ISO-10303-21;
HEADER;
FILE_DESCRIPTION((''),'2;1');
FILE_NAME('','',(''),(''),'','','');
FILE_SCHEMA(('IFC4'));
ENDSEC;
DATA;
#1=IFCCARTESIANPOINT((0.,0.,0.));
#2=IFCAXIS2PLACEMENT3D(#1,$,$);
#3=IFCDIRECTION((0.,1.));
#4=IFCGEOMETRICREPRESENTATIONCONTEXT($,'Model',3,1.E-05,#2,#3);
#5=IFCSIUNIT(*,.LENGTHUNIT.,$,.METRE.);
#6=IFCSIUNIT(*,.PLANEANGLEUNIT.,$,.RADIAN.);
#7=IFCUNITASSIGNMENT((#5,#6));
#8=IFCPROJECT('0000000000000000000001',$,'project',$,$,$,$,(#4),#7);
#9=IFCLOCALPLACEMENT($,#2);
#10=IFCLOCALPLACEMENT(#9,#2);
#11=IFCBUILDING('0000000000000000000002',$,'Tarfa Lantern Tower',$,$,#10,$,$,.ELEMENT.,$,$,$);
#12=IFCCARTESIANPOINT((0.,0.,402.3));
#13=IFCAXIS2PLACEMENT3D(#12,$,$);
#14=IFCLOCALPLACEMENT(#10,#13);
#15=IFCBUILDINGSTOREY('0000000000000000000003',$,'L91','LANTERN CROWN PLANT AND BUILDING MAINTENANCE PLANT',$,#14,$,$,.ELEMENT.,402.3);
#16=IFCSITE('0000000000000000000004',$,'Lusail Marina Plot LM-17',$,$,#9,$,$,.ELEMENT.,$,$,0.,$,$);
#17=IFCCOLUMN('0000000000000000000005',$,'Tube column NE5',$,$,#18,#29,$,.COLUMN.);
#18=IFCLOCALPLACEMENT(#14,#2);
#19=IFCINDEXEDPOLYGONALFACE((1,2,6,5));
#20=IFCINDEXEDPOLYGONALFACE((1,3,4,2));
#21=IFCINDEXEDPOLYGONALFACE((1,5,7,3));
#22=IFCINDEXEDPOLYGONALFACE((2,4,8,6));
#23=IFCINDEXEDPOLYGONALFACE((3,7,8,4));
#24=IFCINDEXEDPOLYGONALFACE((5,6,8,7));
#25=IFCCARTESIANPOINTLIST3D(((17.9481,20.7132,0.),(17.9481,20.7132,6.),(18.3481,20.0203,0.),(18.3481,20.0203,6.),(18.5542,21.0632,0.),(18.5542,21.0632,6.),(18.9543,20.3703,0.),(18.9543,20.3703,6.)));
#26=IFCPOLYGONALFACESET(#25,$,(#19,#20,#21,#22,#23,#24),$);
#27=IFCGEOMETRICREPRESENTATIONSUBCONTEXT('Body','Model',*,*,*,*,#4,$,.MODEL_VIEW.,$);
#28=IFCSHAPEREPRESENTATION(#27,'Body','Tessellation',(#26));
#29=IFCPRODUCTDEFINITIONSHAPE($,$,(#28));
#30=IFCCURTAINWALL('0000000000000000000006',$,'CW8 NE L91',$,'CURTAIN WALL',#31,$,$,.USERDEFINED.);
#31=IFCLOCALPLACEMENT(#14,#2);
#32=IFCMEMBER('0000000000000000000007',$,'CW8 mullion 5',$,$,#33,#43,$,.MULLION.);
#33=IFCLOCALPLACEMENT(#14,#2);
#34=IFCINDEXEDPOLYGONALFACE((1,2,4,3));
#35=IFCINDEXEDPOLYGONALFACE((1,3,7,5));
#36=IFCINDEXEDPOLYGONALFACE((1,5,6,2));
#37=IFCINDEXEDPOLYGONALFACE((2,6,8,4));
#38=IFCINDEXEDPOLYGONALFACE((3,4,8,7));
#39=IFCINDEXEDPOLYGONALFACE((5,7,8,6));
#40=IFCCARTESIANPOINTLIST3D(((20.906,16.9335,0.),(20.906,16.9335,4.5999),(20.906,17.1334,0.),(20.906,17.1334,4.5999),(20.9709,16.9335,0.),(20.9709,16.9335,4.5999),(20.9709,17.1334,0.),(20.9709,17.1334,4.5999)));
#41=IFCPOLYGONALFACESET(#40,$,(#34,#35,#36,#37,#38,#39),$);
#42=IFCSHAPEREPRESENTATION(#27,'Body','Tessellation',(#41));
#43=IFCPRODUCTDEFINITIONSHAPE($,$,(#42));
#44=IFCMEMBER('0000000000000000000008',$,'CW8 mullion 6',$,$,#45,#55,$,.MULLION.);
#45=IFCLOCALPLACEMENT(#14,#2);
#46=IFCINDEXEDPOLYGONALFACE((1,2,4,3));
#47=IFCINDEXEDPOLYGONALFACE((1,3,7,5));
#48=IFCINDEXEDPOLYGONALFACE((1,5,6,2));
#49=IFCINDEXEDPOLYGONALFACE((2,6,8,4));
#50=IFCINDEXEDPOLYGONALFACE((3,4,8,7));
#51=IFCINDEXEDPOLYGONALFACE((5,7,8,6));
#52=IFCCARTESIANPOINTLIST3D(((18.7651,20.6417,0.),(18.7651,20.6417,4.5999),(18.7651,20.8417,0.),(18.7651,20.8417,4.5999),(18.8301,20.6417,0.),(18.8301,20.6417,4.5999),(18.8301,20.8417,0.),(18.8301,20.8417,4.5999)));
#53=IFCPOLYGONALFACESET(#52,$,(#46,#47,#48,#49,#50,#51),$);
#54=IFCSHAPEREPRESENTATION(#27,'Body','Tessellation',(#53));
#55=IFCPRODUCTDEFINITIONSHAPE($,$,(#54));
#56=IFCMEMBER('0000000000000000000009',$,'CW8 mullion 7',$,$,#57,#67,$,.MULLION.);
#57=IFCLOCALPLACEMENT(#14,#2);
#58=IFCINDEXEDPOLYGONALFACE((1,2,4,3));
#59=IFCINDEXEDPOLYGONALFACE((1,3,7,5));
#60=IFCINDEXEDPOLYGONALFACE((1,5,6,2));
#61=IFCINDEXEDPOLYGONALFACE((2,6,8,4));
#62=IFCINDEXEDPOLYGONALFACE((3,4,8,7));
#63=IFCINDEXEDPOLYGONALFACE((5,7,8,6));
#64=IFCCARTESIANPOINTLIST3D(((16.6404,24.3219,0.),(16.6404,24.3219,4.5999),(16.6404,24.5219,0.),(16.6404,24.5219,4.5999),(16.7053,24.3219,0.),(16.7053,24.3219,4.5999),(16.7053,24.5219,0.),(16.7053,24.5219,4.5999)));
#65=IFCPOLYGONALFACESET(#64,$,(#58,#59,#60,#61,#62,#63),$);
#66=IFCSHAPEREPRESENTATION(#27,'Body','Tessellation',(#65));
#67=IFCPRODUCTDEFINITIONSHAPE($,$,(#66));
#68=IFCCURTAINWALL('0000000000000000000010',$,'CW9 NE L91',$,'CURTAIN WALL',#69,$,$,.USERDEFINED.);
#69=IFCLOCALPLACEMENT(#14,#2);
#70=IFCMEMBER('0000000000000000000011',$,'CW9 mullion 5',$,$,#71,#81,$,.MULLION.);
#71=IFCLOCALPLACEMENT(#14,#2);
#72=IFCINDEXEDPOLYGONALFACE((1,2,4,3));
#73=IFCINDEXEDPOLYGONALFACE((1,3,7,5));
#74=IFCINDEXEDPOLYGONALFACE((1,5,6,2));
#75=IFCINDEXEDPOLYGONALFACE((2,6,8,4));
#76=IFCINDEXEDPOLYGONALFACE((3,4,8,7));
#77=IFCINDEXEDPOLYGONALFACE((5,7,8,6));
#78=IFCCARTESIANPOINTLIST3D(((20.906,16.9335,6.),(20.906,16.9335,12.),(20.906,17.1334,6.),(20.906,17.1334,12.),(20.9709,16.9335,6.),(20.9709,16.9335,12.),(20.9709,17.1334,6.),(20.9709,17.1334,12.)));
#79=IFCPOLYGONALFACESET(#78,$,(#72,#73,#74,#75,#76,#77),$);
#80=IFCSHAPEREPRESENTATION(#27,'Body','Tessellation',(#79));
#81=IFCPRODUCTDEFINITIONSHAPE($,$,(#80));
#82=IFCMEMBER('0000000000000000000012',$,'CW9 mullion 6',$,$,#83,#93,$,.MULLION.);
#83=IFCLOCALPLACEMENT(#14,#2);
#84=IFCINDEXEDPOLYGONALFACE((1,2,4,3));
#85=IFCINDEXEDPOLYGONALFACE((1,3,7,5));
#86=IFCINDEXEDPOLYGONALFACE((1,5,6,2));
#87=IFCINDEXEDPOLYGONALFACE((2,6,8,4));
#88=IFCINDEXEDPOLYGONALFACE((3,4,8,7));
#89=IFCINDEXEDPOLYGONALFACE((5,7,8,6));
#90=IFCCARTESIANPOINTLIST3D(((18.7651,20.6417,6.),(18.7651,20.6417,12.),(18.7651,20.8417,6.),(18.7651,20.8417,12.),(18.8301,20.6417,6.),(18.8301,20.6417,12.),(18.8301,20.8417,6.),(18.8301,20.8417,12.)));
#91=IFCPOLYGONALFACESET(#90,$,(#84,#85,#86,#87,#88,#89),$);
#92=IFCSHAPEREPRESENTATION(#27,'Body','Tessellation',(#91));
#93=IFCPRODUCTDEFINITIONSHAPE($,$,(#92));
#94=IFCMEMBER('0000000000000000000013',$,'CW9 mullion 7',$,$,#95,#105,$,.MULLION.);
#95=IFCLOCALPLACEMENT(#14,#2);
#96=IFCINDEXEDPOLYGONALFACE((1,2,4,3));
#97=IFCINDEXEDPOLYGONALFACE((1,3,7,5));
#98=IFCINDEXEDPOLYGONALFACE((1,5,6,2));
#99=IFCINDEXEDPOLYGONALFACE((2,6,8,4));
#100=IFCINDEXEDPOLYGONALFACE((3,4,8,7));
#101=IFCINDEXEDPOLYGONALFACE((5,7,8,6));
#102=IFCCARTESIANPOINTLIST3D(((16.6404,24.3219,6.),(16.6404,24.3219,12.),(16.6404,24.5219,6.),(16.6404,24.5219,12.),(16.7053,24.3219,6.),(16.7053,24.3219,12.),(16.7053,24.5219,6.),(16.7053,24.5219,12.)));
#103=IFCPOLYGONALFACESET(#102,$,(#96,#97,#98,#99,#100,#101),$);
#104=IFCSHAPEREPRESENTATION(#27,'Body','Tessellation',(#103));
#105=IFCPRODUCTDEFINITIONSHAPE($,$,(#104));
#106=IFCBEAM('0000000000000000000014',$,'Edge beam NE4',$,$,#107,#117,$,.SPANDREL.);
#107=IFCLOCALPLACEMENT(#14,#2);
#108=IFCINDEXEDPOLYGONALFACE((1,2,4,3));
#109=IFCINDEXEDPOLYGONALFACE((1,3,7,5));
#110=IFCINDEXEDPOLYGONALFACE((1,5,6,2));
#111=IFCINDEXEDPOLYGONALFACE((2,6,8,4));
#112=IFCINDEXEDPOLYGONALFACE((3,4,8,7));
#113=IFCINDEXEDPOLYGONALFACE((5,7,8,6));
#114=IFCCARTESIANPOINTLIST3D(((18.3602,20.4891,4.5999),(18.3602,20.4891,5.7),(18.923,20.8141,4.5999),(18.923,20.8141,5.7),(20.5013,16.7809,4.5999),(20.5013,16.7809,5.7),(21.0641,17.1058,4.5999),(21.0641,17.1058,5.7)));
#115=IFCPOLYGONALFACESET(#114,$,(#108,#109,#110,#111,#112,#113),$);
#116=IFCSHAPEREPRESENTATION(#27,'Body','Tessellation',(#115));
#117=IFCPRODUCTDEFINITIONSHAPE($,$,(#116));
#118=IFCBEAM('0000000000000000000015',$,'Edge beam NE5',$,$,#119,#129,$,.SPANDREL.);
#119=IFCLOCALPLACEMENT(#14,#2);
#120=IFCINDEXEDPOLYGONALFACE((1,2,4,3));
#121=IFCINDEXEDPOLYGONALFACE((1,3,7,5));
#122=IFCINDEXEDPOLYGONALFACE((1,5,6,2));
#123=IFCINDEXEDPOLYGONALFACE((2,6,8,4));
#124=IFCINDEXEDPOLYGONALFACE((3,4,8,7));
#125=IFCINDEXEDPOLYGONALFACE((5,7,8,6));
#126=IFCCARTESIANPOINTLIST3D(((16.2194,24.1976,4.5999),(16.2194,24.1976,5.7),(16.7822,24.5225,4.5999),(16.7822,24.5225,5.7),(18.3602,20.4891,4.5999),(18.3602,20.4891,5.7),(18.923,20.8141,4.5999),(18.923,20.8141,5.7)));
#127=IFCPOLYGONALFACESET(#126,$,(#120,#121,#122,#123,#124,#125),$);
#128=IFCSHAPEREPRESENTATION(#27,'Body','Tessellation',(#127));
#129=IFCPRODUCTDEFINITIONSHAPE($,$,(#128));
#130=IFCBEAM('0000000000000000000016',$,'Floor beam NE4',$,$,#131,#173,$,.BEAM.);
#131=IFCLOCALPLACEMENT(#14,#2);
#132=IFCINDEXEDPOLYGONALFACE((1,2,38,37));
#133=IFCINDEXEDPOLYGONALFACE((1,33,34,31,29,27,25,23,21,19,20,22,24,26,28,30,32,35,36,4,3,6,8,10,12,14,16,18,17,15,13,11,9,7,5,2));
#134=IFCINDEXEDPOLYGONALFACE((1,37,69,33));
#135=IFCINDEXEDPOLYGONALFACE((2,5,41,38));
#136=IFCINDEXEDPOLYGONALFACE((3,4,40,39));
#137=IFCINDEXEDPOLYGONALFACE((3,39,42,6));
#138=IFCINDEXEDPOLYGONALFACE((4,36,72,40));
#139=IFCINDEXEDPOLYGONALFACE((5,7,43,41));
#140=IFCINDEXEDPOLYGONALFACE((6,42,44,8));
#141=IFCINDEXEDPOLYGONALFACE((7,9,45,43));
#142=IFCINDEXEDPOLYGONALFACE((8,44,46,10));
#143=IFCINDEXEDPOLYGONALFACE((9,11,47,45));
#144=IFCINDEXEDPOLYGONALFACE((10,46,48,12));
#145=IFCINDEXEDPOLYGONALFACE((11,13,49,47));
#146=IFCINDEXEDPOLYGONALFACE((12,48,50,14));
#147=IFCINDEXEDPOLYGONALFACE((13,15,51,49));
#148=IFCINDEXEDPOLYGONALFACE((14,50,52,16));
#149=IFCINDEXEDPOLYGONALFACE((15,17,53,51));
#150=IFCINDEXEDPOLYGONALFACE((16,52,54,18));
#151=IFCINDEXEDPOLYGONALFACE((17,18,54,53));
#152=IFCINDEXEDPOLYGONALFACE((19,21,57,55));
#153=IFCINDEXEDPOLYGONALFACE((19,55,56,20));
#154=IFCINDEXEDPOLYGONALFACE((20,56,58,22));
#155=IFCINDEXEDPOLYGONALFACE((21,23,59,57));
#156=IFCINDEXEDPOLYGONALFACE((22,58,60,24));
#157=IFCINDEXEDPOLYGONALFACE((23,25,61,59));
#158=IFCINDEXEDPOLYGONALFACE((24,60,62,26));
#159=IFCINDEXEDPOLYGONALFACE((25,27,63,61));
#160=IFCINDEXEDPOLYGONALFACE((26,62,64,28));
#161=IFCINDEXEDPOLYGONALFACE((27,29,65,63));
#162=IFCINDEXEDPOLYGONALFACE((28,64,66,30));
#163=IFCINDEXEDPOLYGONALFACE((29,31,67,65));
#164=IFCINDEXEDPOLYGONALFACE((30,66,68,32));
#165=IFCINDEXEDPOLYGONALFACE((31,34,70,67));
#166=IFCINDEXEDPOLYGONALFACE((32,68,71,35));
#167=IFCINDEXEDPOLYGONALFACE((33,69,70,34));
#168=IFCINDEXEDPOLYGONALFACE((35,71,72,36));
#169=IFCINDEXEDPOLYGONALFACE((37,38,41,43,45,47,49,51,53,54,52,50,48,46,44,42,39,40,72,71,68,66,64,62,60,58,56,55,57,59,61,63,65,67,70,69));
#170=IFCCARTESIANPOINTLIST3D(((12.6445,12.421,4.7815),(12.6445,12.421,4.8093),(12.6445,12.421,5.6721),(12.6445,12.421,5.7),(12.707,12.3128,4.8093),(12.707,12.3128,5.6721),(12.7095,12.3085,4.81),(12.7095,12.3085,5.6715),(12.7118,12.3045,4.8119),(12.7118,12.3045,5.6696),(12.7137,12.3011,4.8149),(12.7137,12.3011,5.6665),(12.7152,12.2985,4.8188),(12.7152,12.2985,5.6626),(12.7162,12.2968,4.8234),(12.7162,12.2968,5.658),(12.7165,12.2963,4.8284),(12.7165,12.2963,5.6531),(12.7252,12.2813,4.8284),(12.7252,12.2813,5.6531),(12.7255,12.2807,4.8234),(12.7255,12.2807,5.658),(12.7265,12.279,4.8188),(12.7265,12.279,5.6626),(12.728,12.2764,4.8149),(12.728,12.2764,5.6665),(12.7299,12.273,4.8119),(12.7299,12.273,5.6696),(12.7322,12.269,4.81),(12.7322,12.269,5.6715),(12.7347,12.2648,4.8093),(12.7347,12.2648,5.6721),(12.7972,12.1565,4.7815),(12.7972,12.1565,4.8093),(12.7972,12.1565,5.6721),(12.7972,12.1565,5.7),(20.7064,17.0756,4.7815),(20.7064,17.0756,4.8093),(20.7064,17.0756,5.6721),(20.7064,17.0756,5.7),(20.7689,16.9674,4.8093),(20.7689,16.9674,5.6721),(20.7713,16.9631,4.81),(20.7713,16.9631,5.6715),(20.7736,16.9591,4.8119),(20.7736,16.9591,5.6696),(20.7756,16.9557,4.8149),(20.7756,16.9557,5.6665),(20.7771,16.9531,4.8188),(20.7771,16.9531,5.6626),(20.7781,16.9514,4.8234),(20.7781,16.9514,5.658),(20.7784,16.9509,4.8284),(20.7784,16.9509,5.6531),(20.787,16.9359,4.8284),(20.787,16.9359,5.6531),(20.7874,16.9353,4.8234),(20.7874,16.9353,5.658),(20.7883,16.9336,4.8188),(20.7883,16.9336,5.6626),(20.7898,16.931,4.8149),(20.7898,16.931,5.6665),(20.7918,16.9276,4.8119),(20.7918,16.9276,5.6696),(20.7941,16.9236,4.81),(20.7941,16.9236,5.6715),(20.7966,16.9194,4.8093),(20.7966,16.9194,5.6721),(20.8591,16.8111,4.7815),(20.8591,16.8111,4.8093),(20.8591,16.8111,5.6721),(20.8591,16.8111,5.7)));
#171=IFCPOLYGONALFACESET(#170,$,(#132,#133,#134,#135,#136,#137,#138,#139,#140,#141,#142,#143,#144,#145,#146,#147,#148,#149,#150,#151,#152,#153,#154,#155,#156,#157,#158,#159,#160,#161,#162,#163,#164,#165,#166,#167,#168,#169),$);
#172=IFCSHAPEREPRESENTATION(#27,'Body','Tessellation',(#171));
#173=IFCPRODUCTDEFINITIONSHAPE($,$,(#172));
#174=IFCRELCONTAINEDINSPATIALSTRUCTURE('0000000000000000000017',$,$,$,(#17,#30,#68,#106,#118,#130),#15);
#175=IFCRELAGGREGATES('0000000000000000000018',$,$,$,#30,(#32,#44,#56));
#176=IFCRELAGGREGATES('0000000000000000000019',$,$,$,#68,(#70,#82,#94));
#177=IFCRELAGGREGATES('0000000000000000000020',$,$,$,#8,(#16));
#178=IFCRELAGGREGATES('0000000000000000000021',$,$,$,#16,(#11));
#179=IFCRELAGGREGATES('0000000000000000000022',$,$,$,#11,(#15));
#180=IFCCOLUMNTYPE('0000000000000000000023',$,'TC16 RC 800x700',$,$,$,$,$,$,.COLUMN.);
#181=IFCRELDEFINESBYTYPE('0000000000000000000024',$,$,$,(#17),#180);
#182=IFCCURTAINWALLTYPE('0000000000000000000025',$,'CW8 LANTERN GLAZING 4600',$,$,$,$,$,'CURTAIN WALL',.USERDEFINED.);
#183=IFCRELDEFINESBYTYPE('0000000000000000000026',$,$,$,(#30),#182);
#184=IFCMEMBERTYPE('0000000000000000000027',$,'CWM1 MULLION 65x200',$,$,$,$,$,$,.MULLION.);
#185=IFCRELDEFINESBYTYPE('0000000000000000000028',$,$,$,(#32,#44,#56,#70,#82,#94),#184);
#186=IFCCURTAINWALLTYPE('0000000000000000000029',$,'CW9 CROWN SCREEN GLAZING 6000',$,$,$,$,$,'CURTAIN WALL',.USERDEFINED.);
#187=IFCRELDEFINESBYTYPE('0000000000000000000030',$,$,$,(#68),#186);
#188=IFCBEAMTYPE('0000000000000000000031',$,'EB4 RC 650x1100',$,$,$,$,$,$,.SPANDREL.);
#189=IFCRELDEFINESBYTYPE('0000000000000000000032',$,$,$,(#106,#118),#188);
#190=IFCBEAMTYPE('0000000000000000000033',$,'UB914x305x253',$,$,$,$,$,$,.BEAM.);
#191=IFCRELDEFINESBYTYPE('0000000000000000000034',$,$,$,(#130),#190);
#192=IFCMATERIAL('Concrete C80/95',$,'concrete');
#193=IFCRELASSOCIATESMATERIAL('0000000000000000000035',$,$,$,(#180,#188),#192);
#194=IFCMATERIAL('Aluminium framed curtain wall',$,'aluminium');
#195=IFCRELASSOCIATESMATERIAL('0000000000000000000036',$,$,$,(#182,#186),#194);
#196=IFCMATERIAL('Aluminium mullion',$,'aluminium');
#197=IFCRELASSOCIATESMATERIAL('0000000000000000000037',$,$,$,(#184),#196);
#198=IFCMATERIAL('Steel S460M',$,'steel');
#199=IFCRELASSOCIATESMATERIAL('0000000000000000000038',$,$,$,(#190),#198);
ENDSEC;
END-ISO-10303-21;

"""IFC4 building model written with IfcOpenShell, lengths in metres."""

from ifc_helpers import new_model, si_unit, direction, frame, origin, origin_2d, place, context, subcontext, project, spatial, rectangle, i_section, extrude, material, material_profile, profile_set, type_object, element, aggregate, save


model = new_model("IFC4")

# Units and contexts
model_context = context("Model", 3, precision=1e-05, world=origin(), true_north=direction((0.0, 1.0)))
body_context = subcontext(model_context, "Body", "Model", "MODEL_VIEW")
ifc_project = project(units=[si_unit("LENGTHUNIT", "METRE"), si_unit("PLANEANGLEUNIT", "RADIAN")], contexts=[model_context])

# Site, building, storey
site_placement = place(None, origin())
site = spatial("IfcSite", under=ifc_project, at=site_placement, Name="Lusail Marina Plot LM-17", CompositionType="ELEMENT", RefElevation=0.0)
building_placement = place(site_placement, origin())
building = spatial("IfcBuilding", under=site, at=building_placement, Name="Tarfa Lantern Tower", CompositionType="ELEMENT")
storey_placement = place(building_placement, frame((0.0, 0.0, 402.3)))
storey = spatial("IfcBuildingStorey", under=building, at=storey_placement, Name="L91", Description="LANTERN CROWN PLANT AND BUILDING MAINTENANCE PLANT", CompositionType="ELEMENT", Elevation=402.3)

# Column
ifc_material_1 = material(Name="Concrete C80/95", Category="concrete")
ifc_material_profile_1 = material_profile(ifc_material_1, rectangle(XDim=0.8, YDim=0.7, at=origin_2d()), Name="RC 800x700")
ifc_profile_set_1 = profile_set([ifc_material_profile_1], Name="Concrete C80/95")
column_type = type_object("IfcColumnType", Name="TC16 RC 800x700", PredefinedType="COLUMN", material=ifc_profile_set_1)
column_placement = place(storey_placement, frame((18.4512, 20.5417, 0.0), z_axis=(0.0, 0.0, 1.0), x_axis=(-0.5, 0.866025, 0.0)))
element("IfcColumn", 1, at=column_placement, inside=storey, type_object=column_type, Name="Tube column NE5", PredefinedType="COLUMN", context=body_context, shape_type="SweptSolid", body=[
    extrude(rectangle(XDim=0.8, YDim=0.7, at=origin_2d()), origin(), (0.0, 0.0, 1.0), 6.0),
])

# Curtain walls, members
ifc_material_2 = material(Name="Aluminium framed curtain wall", Category="aluminium")
curtain_wall_type_1 = type_object("IfcCurtainWallType", Name="CW8 LANTERN GLAZING 4600", ElementType="CURTAIN WALL", PredefinedType="USERDEFINED", material=ifc_material_2)
curtain_wall_1_placement = place(storey_placement, origin())
curtain_wall_1 = element("IfcCurtainWall", 2, at=curtain_wall_1_placement, inside=storey, type_object=curtain_wall_type_1, Name="CW8 NE L91", ObjectType="CURTAIN WALL", PredefinedType="USERDEFINED")
ifc_material_3 = material(Name="Aluminium mullion", Category="aluminium")
ifc_material_profile_2 = material_profile(ifc_material_3, rectangle(XDim=0.0649, YDim=0.2, at=origin_2d()), Name="AL MULLION 65x200")
ifc_profile_set_2 = profile_set([ifc_material_profile_2], Name="Aluminium mullion")
member_type = type_object("IfcMemberType", Name="CWM1 MULLION 65x200", PredefinedType="MULLION", material=ifc_profile_set_2)
member_1_placement = place(storey_placement, frame((20.9385, 17.0334, 0.0), z_axis=(0.0, 0.0, 1.0), x_axis=(1.0, 0.0, 0.0)))
member_1 = element("IfcMember", 3, at=member_1_placement, type_object=member_type, Name="CW8 mullion 5", PredefinedType="MULLION", context=body_context, shape_type="SweptSolid", body=[
    extrude(rectangle(XDim=0.0649, YDim=0.2, at=origin_2d()), origin(), (0.0, 0.0, 1.0), 4.5999),
])
member_2_placement = place(storey_placement, frame((18.7976, 20.7417, 0.0), z_axis=(0.0, 0.0, 1.0), x_axis=(1.0, 0.0, 0.0)))
member_2 = element("IfcMember", 4, at=member_2_placement, type_object=member_type, Name="CW8 mullion 6", PredefinedType="MULLION", context=body_context, shape_type="SweptSolid", body=[
    extrude(rectangle(XDim=0.0649, YDim=0.2, at=origin_2d()), origin(), (0.0, 0.0, 1.0), 4.5999),
])
member_3_placement = place(storey_placement, frame((16.6729, 24.4219, 0.0), z_axis=(0.0, 0.0, 1.0), x_axis=(1.0, 0.0, 0.0)))
member_3 = element("IfcMember", 5, at=member_3_placement, type_object=member_type, Name="CW8 mullion 7", PredefinedType="MULLION", context=body_context, shape_type="SweptSolid", body=[
    extrude(rectangle(XDim=0.0649, YDim=0.2, at=origin_2d()), origin(), (0.0, 0.0, 1.0), 4.5999),
])
curtain_wall_type_2 = type_object("IfcCurtainWallType", Name="CW9 CROWN SCREEN GLAZING 6000", ElementType="CURTAIN WALL", PredefinedType="USERDEFINED", material=ifc_material_2)
curtain_wall_2_placement = place(storey_placement, origin())
curtain_wall_2 = element("IfcCurtainWall", 6, at=curtain_wall_2_placement, inside=storey, type_object=curtain_wall_type_2, Name="CW9 NE L91", ObjectType="CURTAIN WALL", PredefinedType="USERDEFINED")
member_4_placement = place(storey_placement, frame((20.9385, 17.0334, 6.0), z_axis=(0.0, 0.0, 1.0), x_axis=(1.0, 0.0, 0.0)))
member_4 = element("IfcMember", 7, at=member_4_placement, type_object=member_type, Name="CW9 mullion 5", PredefinedType="MULLION", context=body_context, shape_type="SweptSolid", body=[
    extrude(rectangle(XDim=0.0649, YDim=0.2, at=origin_2d()), origin(), (0.0, 0.0, 1.0), 6.0),
])
member_5_placement = place(storey_placement, frame((18.7976, 20.7417, 6.0), z_axis=(0.0, 0.0, 1.0), x_axis=(1.0, 0.0, 0.0)))
member_5 = element("IfcMember", 8, at=member_5_placement, type_object=member_type, Name="CW9 mullion 6", PredefinedType="MULLION", context=body_context, shape_type="SweptSolid", body=[
    extrude(rectangle(XDim=0.0649, YDim=0.2, at=origin_2d()), origin(), (0.0, 0.0, 1.0), 6.0),
])
member_6_placement = place(storey_placement, frame((16.6729, 24.4219, 6.0), z_axis=(0.0, 0.0, 1.0), x_axis=(1.0, 0.0, 0.0)))
member_6 = element("IfcMember", 9, at=member_6_placement, type_object=member_type, Name="CW9 mullion 7", PredefinedType="MULLION", context=body_context, shape_type="SweptSolid", body=[
    extrude(rectangle(XDim=0.0649, YDim=0.2, at=origin_2d()), origin(), (0.0, 0.0, 1.0), 6.0),
])

# Beams
ifc_material_profile_3 = material_profile(ifc_material_1, rectangle(XDim=0.6499, YDim=1.1001, at=origin_2d()), Name="RC 650x1100")
ifc_profile_set_3 = profile_set([ifc_material_profile_3], Name="Concrete C80/95")
beam_type_1 = type_object("IfcBeamType", Name="EB4 RC 650x1100", PredefinedType="SPANDREL", material=ifc_profile_set_3)
for number, where, z_axis, x_axis, name in (
    (10, (20.7827, 16.9434, 5.1499), (-0.500027, 0.86601, 0.0), (-0.86601, -0.500027, 0.0), "Edge beam NE4"),
    (11, (18.6416, 20.6516, 5.1499), (-0.499959, 0.866049, 0.0), (-0.866049, -0.499959, 0.0), "Edge beam NE5"),
):
    element("IfcBeam", number, at=place(storey_placement, frame(where, z_axis=z_axis, x_axis=x_axis)), inside=storey, type_object=beam_type_1, Name=name, PredefinedType="SPANDREL", context=body_context, shape_type="SweptSolid", body=[
        extrude(rectangle(XDim=0.6499, YDim=1.1001, at=origin_2d()), origin(), (0.0, 0.0, 1.0), 4.282),
    ])
ifc_material_4 = material(Name="Steel S460M", Category="steel")
ifc_material_profile_4 = material_profile(ifc_material_4, i_section(OverallWidth=0.3054, OverallDepth=0.9185, WebThickness=0.0173, FlangeThickness=0.0278, FilletRadius=0.019, at=origin_2d()), Name="UB914x305x253")
ifc_profile_set_4 = profile_set([ifc_material_profile_4], Name="Steel S460M")
beam_type_2 = type_object("IfcBeamType", Name="UB914x305x253", PredefinedType="BEAM", material=ifc_profile_set_4)
beam_1_placement = place(storey_placement, frame((20.7827, 16.9434, 5.2407), z_axis=(-0.866022, -0.500006, 0.0), x_axis=(0.500006, -0.866022, 0.0)))
element("IfcBeam", 12, at=beam_1_placement, inside=storey, type_object=beam_type_2, Name="Floor beam NE4", PredefinedType="BEAM", context=body_context, shape_type="SweptSolid", body=[
    extrude(i_section(OverallWidth=0.3054, OverallDepth=0.9185, WebThickness=0.0173, FlangeThickness=0.0278, FilletRadius=0.019, at=origin_2d()), origin(), (0.0, 0.0, 1.0), 9.3091),
])

aggregate(curtain_wall_1, [member_1, member_2, member_3])
aggregate(curtain_wall_2, [member_4, member_5, member_6])

save(model, "model.ifc")
